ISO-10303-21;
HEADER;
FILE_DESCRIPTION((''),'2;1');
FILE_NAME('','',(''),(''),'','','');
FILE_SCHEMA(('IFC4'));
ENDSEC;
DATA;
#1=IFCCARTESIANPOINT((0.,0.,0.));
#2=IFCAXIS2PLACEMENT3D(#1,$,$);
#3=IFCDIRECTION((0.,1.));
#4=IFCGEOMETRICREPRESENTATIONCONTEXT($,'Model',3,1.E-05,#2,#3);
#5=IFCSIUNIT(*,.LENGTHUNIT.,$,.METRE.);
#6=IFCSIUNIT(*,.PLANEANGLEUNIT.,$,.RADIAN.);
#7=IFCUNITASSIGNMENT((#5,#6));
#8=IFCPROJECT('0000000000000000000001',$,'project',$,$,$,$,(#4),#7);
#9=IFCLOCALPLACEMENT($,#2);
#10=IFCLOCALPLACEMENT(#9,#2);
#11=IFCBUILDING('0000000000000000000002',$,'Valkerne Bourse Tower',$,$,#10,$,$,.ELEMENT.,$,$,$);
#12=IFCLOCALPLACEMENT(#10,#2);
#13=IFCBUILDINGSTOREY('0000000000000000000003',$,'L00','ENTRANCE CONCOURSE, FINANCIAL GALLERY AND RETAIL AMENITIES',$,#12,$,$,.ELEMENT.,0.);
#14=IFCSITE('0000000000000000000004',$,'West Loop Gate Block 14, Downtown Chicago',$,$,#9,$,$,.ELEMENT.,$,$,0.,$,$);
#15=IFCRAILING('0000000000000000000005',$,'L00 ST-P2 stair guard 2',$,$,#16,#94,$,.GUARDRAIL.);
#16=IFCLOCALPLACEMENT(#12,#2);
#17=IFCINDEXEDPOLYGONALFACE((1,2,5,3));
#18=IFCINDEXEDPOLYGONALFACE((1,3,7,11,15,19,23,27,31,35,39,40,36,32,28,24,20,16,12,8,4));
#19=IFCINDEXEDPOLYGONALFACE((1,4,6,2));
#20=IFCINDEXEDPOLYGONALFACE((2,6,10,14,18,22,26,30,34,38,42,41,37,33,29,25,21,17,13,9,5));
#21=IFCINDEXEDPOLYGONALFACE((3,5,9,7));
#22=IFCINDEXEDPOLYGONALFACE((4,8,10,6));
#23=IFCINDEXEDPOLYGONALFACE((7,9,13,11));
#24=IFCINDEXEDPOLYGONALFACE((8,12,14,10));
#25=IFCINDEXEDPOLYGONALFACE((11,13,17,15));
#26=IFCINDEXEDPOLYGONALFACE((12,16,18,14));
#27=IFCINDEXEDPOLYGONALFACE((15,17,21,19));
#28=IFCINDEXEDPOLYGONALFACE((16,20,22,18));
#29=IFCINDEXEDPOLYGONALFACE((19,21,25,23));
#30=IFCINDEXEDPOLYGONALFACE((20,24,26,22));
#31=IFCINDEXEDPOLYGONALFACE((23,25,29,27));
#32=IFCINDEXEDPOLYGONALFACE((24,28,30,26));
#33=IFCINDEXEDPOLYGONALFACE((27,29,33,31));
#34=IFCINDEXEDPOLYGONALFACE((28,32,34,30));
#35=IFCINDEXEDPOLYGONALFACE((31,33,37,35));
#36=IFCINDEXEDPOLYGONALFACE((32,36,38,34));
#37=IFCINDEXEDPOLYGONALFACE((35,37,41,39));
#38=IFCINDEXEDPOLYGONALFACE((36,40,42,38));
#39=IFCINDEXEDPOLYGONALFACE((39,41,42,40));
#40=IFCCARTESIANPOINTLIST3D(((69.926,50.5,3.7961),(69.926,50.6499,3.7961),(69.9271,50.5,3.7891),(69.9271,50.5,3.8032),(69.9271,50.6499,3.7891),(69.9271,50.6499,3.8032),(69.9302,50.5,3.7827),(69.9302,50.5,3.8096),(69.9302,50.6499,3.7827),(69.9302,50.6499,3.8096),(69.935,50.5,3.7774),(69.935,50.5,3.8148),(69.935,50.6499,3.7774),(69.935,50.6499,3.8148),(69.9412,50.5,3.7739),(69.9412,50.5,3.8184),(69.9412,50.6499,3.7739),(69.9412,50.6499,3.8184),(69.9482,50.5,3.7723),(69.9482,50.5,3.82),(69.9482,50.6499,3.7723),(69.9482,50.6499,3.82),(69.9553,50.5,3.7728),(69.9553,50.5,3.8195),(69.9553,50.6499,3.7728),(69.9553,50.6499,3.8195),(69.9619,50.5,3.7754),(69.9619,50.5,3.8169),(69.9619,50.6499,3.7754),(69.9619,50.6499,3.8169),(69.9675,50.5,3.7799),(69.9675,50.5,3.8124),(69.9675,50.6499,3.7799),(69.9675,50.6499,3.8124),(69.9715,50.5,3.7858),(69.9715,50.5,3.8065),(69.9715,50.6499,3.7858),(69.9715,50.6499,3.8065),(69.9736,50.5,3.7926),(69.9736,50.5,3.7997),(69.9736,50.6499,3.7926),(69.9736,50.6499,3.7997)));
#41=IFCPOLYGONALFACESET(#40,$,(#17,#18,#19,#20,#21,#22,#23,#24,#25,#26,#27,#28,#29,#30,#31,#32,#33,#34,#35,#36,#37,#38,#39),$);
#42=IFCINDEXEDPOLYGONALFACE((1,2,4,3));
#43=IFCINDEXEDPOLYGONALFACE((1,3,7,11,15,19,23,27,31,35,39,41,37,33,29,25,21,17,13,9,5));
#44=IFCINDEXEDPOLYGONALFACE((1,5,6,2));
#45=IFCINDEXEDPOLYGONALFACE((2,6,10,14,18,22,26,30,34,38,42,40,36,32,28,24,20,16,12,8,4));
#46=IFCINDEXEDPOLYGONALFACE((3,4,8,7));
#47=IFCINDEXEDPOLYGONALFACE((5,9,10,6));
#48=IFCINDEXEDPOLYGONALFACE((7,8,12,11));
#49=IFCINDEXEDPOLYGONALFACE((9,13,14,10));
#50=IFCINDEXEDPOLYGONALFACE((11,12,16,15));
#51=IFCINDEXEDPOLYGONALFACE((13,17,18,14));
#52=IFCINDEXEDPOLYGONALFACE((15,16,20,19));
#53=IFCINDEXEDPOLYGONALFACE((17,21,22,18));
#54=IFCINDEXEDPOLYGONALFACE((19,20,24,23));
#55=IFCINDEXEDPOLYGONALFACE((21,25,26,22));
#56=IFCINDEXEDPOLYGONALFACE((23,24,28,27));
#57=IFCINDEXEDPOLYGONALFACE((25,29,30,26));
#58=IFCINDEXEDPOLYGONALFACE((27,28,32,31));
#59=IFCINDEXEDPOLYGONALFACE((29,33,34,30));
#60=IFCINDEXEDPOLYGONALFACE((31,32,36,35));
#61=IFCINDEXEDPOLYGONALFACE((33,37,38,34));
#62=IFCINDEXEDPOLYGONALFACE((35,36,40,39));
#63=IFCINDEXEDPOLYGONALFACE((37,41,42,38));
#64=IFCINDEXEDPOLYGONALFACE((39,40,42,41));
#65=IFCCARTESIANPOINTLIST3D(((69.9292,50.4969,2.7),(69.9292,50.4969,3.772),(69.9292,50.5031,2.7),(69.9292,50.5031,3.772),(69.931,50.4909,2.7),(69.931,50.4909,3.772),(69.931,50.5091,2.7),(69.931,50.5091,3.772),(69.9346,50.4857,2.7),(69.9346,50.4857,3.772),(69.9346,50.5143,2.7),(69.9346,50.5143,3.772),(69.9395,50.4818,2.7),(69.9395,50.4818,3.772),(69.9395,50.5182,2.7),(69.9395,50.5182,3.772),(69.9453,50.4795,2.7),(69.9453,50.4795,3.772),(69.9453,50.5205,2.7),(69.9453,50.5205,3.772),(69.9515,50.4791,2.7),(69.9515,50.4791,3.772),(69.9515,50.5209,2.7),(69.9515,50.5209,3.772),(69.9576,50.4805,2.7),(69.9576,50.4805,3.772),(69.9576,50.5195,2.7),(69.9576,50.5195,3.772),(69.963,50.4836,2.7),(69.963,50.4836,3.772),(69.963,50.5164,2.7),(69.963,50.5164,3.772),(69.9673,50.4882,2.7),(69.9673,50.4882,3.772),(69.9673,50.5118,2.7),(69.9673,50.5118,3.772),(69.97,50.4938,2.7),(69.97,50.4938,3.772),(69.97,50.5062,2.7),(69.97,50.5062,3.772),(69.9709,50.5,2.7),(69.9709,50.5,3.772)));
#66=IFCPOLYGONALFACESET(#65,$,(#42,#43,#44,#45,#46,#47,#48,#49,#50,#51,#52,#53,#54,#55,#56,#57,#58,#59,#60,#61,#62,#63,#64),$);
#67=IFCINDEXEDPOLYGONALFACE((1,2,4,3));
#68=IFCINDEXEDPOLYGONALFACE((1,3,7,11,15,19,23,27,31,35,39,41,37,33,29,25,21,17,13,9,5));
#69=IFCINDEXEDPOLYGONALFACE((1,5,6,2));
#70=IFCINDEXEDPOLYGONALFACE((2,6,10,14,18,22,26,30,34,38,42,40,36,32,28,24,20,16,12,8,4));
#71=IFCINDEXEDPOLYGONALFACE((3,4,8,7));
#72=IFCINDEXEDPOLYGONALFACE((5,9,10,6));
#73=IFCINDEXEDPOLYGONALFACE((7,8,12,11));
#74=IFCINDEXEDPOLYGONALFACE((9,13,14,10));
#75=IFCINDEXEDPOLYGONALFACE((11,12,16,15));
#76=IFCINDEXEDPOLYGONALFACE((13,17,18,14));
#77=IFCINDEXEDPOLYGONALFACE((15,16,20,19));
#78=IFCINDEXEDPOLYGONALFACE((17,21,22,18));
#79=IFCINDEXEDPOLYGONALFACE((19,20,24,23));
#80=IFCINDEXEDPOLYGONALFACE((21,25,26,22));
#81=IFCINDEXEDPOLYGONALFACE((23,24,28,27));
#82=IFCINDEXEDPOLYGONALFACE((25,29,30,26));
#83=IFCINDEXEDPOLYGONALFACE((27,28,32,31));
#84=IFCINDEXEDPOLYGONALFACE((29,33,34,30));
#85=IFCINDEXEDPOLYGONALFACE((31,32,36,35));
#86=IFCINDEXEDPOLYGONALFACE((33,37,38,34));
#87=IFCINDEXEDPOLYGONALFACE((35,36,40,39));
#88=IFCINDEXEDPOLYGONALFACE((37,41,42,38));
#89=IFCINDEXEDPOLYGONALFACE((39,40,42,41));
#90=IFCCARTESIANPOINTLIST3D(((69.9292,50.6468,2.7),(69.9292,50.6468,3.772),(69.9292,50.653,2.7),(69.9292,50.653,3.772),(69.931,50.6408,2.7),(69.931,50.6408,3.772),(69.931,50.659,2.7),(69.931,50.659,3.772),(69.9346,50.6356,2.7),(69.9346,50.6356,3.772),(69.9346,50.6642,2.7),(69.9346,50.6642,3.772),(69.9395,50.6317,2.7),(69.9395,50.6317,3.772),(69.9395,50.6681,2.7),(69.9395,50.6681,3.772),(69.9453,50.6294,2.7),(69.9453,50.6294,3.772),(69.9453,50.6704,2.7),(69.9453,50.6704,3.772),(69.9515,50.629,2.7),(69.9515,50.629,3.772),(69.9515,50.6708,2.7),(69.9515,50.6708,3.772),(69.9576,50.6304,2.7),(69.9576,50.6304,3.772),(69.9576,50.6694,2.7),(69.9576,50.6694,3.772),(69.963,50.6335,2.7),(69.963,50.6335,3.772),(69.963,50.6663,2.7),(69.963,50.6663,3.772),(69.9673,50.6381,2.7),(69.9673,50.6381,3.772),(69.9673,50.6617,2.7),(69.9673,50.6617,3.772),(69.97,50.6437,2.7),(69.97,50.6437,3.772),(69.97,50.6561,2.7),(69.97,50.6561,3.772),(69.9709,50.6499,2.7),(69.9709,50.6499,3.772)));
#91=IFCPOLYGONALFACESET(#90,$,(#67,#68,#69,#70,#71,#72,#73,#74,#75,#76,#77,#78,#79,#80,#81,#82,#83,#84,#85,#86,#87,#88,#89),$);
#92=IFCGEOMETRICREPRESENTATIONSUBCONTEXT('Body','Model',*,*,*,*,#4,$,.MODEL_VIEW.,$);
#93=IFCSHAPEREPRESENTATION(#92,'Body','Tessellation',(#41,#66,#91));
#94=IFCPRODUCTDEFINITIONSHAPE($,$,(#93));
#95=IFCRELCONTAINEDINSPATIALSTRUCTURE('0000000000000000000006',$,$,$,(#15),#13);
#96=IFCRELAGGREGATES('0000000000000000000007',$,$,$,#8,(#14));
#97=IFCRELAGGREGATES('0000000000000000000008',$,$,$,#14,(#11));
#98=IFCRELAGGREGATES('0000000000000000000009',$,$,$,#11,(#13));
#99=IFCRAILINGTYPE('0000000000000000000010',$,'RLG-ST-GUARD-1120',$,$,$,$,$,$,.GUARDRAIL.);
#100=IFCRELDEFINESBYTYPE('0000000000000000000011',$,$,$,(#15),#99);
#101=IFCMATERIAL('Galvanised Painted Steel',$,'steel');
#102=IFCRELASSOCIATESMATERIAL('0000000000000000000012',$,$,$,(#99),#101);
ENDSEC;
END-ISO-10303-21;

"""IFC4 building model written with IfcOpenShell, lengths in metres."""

from ifc_helpers import new_model, si_unit, direction, frame, origin, origin_2d, place, context, subcontext, project, spatial, circle, extrude, material, type_object, element, save


model = new_model("IFC4")

# Units and contexts
model_context = context("Model", 3, precision=1e-05, world=origin(), true_north=direction((0.0, 1.0)))
body_context = subcontext(model_context, "Body", "Model", "MODEL_VIEW")
ifc_project = project(units=[si_unit("LENGTHUNIT", "METRE"), si_unit("PLANEANGLEUNIT", "RADIAN")], contexts=[model_context])

# Site, building, storey
site_placement = place(None, origin())
site = spatial("IfcSite", under=ifc_project, at=site_placement, Name="West Loop Gate Block 14, Downtown Chicago", CompositionType="ELEMENT", RefElevation=0.0)
building_placement = place(site_placement, origin())
building = spatial("IfcBuilding", under=site, at=building_placement, Name="Valkerne Bourse Tower", CompositionType="ELEMENT")
storey_placement = place(building_placement, origin())
storey = spatial("IfcBuildingStorey", under=building, at=storey_placement, Name="L00", Description="ENTRANCE CONCOURSE, FINANCIAL GALLERY AND RETAIL AMENITIES", CompositionType="ELEMENT", Elevation=0.0)

# Shared definitions
ifc_material_1 = material(Name="Galvanised Painted Steel", Category="steel")

# Railing
railing_type_1 = type_object("IfcRailingType", Name="RLG-ST-GUARD-1120", PredefinedType="GUARDRAIL", material=ifc_material_1)
railing_1_placement = place(storey_placement, frame((69.95, 50.5, 2.7)))
element("IfcRailing", 1, at=railing_1_placement, inside=storey, type_object=railing_type_1, Name="L00 ST-P2 stair guard 2", PredefinedType="GUARDRAIL", context=body_context, shape_type="SweptSolid", body=[
    extrude(circle(Radius=0.0239, at=origin_2d()), frame((0.0, 0.0, 1.0962), z_axis=(0.0, 1.0, 0.0), x_axis=(-1.0, 0.0, 0.0)), (0.0, 0.0, 1.0), 0.1499),
    extrude(circle(Radius=0.021, at=origin_2d()), origin(), (0.0, 0.0, 1.0), 1.072),
    extrude(circle(Radius=0.021, at=origin_2d()), frame((0.0, 0.1499, 0.0)), (0.0, 0.0, 1.0), 1.072),
])

save(model, "model.ifc")
